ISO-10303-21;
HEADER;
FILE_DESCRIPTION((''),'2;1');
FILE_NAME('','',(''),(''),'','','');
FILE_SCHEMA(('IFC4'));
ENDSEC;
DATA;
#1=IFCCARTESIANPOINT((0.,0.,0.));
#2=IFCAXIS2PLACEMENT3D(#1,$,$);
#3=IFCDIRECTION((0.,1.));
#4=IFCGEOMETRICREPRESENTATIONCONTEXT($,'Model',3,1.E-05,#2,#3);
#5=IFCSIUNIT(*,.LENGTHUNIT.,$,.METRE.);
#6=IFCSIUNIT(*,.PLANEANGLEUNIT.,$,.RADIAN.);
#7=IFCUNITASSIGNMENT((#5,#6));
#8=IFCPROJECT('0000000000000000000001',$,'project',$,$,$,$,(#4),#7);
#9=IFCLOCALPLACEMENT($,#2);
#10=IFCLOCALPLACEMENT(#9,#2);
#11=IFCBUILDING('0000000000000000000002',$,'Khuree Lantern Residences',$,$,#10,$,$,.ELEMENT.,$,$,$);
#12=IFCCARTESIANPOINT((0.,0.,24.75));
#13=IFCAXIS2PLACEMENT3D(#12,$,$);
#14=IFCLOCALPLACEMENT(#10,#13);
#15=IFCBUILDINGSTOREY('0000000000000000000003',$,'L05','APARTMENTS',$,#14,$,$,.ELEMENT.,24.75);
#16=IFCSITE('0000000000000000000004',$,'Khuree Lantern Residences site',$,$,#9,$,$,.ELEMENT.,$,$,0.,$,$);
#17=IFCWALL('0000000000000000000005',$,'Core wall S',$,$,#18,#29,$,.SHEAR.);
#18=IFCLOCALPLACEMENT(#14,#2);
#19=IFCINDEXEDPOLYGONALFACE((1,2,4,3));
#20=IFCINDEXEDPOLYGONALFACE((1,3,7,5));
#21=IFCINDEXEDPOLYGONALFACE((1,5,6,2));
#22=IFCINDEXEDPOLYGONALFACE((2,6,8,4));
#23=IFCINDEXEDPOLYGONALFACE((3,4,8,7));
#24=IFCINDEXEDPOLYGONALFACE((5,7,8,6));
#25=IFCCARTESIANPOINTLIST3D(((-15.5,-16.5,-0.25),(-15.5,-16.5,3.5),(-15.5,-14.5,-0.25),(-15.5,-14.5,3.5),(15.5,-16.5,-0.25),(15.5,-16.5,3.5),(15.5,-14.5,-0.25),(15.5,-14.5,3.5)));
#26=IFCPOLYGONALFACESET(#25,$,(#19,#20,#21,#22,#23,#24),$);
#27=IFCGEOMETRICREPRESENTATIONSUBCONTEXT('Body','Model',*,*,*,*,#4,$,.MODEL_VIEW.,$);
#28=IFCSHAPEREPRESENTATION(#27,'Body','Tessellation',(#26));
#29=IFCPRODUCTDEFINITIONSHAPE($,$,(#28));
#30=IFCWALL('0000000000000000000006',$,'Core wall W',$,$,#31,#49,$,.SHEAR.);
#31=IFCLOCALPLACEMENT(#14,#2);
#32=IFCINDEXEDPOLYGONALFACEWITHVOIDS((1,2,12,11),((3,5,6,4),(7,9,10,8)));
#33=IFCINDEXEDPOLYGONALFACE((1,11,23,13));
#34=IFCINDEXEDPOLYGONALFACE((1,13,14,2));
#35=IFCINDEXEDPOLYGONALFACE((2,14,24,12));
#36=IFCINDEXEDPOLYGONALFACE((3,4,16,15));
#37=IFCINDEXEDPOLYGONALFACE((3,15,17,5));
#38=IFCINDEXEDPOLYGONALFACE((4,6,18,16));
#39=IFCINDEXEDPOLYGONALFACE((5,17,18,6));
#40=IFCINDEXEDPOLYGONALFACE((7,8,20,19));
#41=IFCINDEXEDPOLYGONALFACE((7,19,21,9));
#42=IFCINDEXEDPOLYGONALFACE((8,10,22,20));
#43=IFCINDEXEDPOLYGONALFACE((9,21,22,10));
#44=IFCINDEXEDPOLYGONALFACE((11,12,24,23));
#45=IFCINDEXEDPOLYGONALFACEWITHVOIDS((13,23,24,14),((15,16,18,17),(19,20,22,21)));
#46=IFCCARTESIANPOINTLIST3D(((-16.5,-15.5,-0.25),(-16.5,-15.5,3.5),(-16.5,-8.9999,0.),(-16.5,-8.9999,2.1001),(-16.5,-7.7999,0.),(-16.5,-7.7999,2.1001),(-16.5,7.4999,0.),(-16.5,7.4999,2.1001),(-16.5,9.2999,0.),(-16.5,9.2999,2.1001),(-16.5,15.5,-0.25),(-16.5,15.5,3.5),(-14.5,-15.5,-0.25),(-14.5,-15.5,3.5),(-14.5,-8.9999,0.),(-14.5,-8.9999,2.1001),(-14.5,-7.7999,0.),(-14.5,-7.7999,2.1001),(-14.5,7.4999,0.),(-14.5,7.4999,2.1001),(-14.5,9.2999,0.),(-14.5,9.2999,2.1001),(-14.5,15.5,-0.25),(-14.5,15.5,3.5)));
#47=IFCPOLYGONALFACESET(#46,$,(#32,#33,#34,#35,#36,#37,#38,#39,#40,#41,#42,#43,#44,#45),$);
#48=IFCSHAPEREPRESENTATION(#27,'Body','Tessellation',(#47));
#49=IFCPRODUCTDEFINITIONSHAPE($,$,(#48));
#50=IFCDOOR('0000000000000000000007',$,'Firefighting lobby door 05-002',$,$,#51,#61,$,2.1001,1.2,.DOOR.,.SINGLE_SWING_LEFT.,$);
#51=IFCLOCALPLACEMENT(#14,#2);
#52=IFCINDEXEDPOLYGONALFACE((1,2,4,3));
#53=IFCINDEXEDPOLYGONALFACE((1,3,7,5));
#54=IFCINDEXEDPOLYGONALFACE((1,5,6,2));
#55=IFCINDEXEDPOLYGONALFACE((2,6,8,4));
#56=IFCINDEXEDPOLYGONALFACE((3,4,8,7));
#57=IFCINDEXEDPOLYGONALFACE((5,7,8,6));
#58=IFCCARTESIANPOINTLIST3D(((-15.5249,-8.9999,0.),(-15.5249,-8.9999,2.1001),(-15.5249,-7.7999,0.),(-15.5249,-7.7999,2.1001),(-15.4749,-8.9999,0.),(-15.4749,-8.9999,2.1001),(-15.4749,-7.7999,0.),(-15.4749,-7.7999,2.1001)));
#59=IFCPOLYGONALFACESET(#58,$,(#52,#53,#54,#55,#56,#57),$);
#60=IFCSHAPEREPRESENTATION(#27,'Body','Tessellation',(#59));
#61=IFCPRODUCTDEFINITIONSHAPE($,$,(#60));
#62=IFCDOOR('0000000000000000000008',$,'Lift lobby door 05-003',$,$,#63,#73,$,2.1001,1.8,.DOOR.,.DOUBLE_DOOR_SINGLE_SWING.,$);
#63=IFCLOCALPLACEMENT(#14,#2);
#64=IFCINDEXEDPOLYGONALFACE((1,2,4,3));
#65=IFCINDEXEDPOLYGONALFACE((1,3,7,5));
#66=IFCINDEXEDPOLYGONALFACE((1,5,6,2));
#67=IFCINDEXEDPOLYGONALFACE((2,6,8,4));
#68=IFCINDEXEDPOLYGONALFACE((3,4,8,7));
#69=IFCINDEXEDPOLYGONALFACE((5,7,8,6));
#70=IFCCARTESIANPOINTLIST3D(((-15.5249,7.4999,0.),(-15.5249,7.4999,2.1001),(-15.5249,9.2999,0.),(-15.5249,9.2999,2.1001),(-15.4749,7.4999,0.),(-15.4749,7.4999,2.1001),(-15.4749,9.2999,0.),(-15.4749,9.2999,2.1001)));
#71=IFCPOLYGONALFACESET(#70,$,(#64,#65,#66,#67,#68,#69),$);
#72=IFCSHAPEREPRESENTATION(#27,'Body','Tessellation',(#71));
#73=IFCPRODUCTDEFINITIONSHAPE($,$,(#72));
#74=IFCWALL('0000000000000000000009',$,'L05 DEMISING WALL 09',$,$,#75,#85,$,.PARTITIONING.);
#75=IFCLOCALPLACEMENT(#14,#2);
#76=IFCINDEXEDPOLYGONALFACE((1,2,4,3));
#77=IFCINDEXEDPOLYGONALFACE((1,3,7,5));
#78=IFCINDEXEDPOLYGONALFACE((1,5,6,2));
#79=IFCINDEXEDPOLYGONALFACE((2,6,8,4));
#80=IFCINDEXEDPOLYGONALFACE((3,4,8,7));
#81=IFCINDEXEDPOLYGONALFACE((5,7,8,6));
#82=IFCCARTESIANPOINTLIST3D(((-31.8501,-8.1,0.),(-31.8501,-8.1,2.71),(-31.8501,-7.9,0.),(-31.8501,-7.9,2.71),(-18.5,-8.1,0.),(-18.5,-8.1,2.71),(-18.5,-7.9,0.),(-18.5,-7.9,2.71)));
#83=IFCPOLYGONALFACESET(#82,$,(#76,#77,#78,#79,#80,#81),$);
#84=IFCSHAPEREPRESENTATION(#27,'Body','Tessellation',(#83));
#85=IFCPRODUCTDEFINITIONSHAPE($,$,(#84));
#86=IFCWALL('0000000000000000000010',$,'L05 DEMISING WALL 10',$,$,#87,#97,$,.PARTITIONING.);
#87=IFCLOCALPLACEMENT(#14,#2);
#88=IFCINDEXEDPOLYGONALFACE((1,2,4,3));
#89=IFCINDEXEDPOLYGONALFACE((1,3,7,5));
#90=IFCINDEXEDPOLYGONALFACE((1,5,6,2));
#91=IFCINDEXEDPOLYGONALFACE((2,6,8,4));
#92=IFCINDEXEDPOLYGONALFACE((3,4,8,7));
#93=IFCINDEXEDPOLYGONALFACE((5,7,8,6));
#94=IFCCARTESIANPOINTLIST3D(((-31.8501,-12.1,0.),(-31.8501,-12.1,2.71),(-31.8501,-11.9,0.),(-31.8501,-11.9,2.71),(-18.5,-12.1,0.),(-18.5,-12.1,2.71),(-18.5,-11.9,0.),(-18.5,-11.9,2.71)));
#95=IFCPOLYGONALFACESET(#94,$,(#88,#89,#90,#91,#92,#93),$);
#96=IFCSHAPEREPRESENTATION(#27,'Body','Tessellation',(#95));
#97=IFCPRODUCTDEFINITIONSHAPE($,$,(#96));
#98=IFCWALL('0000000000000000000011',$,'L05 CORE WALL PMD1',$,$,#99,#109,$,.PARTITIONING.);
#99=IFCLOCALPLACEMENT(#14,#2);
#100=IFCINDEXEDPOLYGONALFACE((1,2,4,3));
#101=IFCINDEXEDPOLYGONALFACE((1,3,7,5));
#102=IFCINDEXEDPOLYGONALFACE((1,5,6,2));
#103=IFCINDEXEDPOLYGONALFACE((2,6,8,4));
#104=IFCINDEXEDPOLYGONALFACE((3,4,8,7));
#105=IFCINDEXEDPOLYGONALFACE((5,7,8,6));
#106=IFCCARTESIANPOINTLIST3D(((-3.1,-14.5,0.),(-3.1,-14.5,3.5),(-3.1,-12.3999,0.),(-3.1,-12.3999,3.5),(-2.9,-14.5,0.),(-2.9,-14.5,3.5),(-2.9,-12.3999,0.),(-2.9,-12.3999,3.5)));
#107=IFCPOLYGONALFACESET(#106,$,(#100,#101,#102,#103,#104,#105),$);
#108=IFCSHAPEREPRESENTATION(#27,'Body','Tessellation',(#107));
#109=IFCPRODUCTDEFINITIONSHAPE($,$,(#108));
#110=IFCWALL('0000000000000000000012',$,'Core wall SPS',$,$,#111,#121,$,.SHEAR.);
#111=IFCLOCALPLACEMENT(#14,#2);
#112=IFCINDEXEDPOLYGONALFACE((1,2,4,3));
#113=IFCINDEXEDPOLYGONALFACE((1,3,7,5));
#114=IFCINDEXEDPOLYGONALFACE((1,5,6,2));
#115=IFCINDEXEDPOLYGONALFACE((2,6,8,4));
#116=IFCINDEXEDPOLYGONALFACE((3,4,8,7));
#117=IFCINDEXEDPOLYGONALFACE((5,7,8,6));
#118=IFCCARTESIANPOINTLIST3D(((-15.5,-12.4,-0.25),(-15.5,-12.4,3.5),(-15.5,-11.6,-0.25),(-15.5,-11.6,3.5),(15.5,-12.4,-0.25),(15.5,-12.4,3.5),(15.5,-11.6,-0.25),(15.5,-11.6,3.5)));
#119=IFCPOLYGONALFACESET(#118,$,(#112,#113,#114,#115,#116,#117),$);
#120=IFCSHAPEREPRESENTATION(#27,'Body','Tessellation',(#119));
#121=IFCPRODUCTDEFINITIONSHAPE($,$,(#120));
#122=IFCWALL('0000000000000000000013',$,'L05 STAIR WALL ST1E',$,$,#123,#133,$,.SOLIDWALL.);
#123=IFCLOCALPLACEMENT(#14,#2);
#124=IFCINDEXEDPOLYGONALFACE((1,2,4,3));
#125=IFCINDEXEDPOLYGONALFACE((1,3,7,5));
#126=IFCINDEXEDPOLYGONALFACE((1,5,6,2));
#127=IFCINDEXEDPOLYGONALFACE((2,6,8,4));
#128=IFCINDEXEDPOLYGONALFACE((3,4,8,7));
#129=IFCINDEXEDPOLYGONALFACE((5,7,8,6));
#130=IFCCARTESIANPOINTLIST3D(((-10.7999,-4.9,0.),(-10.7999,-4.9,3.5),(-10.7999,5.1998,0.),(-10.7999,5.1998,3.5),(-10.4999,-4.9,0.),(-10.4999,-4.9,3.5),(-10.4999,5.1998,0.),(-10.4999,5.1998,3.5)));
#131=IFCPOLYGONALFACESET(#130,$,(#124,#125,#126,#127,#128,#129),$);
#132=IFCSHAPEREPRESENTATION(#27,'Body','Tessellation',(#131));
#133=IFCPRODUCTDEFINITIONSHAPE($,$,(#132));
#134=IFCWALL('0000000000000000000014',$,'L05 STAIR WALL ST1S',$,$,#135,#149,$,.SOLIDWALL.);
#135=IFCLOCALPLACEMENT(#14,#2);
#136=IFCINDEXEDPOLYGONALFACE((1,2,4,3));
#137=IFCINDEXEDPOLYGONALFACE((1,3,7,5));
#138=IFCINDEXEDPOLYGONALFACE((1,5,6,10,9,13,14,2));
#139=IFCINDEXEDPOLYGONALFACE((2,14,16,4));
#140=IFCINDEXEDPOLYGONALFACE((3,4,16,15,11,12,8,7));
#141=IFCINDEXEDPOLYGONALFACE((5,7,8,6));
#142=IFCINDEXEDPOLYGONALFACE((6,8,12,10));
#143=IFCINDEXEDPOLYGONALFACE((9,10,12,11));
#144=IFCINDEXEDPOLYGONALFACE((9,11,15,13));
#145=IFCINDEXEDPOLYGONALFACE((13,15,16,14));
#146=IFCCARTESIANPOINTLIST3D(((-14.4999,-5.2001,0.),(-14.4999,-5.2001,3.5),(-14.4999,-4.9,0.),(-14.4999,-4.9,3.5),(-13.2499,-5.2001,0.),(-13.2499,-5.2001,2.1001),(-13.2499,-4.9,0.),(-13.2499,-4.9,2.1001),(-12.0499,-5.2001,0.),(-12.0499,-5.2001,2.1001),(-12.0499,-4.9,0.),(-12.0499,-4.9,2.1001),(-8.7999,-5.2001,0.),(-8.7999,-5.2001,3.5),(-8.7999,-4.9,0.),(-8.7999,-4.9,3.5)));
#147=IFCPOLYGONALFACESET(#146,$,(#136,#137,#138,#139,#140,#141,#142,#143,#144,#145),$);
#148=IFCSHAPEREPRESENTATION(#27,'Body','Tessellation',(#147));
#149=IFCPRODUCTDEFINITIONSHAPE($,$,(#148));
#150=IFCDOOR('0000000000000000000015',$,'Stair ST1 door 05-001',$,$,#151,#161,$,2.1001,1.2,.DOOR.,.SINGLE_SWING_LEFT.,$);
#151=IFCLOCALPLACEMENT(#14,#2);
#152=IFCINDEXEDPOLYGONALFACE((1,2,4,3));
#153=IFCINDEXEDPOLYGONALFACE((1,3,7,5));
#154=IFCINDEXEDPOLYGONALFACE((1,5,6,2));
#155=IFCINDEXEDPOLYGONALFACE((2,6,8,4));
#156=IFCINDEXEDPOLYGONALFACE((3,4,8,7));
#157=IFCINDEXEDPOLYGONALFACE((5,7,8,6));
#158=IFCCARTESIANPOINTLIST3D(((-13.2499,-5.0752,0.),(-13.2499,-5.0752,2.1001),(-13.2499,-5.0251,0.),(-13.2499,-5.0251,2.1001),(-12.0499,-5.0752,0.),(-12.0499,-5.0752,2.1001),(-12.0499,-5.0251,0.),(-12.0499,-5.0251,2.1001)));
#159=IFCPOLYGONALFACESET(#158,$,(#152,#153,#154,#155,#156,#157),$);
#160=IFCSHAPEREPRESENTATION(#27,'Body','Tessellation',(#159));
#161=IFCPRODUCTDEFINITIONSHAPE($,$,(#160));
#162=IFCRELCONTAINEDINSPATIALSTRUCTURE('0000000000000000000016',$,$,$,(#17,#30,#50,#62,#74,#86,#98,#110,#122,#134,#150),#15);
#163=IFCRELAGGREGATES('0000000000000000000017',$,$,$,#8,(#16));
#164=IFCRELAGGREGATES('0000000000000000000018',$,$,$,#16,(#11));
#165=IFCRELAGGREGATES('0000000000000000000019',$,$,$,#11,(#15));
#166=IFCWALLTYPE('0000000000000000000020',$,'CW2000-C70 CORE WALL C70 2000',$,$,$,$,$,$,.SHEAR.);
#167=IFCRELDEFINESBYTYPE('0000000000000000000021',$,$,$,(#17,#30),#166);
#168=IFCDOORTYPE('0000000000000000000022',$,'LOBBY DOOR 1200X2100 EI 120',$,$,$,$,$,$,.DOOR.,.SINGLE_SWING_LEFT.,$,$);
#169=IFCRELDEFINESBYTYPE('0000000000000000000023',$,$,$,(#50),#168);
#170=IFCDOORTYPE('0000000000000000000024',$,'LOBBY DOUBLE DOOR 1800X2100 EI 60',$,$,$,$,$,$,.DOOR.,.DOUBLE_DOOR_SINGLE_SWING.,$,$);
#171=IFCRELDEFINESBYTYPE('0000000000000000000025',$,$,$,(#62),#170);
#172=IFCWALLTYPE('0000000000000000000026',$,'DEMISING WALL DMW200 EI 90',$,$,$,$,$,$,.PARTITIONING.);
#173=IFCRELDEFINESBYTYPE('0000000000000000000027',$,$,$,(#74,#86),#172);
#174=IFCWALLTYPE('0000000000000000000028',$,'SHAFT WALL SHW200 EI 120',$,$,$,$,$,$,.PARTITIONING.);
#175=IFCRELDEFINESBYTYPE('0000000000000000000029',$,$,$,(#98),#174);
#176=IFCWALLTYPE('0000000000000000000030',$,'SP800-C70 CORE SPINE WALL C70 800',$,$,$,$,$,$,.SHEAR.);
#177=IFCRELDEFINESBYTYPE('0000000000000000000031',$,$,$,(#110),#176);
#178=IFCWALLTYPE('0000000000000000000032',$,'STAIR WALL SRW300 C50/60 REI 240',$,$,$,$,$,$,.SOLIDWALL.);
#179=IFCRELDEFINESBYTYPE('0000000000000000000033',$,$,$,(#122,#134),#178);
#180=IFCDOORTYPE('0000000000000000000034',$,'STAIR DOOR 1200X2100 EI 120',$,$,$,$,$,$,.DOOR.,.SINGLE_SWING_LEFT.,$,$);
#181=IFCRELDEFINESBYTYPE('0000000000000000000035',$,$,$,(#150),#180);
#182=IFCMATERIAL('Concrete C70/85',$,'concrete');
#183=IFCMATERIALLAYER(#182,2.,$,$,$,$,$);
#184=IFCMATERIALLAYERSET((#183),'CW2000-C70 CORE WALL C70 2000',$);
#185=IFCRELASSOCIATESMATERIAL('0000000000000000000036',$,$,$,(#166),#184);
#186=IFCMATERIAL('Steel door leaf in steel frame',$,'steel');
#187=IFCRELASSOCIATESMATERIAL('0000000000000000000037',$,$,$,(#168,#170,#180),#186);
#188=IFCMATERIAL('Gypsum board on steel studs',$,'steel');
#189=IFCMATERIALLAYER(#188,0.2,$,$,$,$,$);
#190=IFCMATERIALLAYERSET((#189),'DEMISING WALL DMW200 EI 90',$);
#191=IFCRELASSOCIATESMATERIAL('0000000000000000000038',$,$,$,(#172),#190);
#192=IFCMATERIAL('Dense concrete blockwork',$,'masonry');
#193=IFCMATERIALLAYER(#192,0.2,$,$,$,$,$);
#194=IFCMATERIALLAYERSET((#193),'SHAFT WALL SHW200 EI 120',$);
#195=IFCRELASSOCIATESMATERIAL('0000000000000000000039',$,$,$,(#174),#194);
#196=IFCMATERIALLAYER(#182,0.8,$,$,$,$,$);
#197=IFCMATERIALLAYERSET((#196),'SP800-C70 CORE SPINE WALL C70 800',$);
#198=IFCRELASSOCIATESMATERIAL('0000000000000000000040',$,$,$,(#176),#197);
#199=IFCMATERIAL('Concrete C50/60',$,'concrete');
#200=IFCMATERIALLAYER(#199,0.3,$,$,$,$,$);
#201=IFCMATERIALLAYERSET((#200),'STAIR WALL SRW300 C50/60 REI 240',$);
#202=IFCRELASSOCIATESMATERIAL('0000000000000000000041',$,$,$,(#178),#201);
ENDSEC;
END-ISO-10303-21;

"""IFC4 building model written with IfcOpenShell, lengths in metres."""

from ifc_helpers import new_model, si_unit, direction, frame, frame_2d, origin, place, context, subcontext, project, spatial, rectangle, extrude, material, layer, layer_set, type_object, element, fill, save


model = new_model("IFC4")

# Units and contexts
model_context = context("Model", 3, precision=1e-05, world=origin(), true_north=direction((0.0, 1.0)))
body_context = subcontext(model_context, "Body", "Model", "MODEL_VIEW")
ifc_project = project(units=[si_unit("LENGTHUNIT", "METRE"), si_unit("PLANEANGLEUNIT", "RADIAN")], contexts=[model_context])

# Site, building, storey
site_placement = place(None, origin())
site = spatial("IfcSite", under=ifc_project, at=site_placement, Name="Khuree Lantern Residences site", CompositionType="ELEMENT", RefElevation=0.0)
building_placement = place(site_placement, origin())
building = spatial("IfcBuilding", under=site, at=building_placement, Name="Khuree Lantern Residences", CompositionType="ELEMENT")
storey_placement = place(building_placement, frame((0.0, 0.0, 24.75)))
storey = spatial("IfcBuildingStorey", under=building, at=storey_placement, Name="L05", Description="APARTMENTS", CompositionType="ELEMENT", Elevation=24.75)

# Shared definitions
ifc_material_1 = material(Name="Dense concrete blockwork", Category="masonry")

# Shared definitions
ifc_material_2 = material(Name="Steel door leaf in steel frame", Category="steel")

# Wall
ifc_material_3 = material(Name="Concrete C70/85", Category="concrete")
ifc_layer_1 = layer(ifc_material_3, 2.0)
ifc_layer_set_1 = layer_set([ifc_layer_1], Name="CW2000-C70 CORE WALL C70 2000")
wall_type_1 = type_object("IfcWallType", Name="CW2000-C70 CORE WALL C70 2000", PredefinedType="SHEAR", material=ifc_layer_set_1)
wall_1_placement = place(storey_placement, frame((-15.5, -15.5, -0.25), z_axis=(0.0, 0.0, 1.0), x_axis=(1.0, 0.0, 0.0)))
element("IfcWall", 1, at=wall_1_placement, inside=storey, type_object=wall_type_1, Name="Core wall S", PredefinedType="SHEAR", context=body_context, shape_type="SweptSolid", body=[
    extrude(rectangle(XDim=31.0, YDim=2.0, at=frame_2d((15.5, 0.0))), origin(), (0.0, 0.0, 1.0), 3.75),
])

# Wall, openings, doors
wall_2_placement = place(storey_placement, frame((-15.5, -15.5, -0.25), z_axis=(0.0, 0.0, 1.0), x_axis=(0.0, 1.0, 0.0)))
wall_2 = element("IfcWall", 2, at=wall_2_placement, inside=storey, type_object=wall_type_1, Name="Core wall W", PredefinedType="SHEAR", context=body_context, shape_type="SweptSolid", body=[
    extrude(rectangle(XDim=31.0, YDim=2.0, at=frame_2d((15.5, 0.0))), origin(), (0.0, 0.0, 1.0), 3.75),
])
opening_1_placement = place(wall_2_placement, frame((6.5, 0.0, 0.25)))
opening_1 = element("IfcOpeningElement", 3, at=opening_1_placement, cuts=wall_2, PredefinedType="OPENING", context=body_context, shape_type="SweptSolid", body=[
    extrude(rectangle(XDim=1.2, YDim=2.1001, at=frame_2d((0.6001, 1.05))), frame((0.0, 1.01, 0.0), z_axis=(0.0, -1.0, 0.0), x_axis=(1.0, 0.0, 0.0)), (0.0, 0.0, 1.0), 2.02),
])
opening_2_placement = place(wall_2_placement, frame((23.0, 0.0, 0.25)))
opening_2 = element("IfcOpeningElement", 4, at=opening_2_placement, cuts=wall_2, PredefinedType="OPENING", context=body_context, shape_type="SweptSolid", body=[
    extrude(rectangle(XDim=1.8, YDim=2.1001, at=frame_2d((0.8999, 1.05))), frame((0.0, 1.01, 0.0), z_axis=(0.0, -1.0, 0.0), x_axis=(1.0, 0.0, 0.0)), (0.0, 0.0, 1.0), 2.02),
])
door_type_1 = type_object("IfcDoorType", Name="LOBBY DOOR 1200X2100 EI 120", OperationType="SINGLE_SWING_LEFT", PredefinedType="DOOR", material=ifc_material_2)
door_1_placement = place(opening_1_placement, origin())
door_1 = element("IfcDoor", 5, at=door_1_placement, inside=storey, type_object=door_type_1, Name="Firefighting lobby door 05-002", OperationType="SINGLE_SWING_LEFT", OverallHeight=2.1001, OverallWidth=1.2, PredefinedType="DOOR", context=body_context, shape_type="SweptSolid", body=[
    extrude(rectangle(XDim=1.2, YDim=2.1001, at=frame_2d((0.6001, 1.05))), frame((0.0, 0.0249, 0.0), z_axis=(0.0, -1.0, 0.0), x_axis=(1.0, 0.0, 0.0)), (0.0, 0.0, 1.0), 0.05),
])
fill(opening_1, door_1)
door_type_2 = type_object("IfcDoorType", Name="LOBBY DOUBLE DOOR 1800X2100 EI 60", OperationType="DOUBLE_DOOR_SINGLE_SWING", PredefinedType="DOOR", material=ifc_material_2)
door_2_placement = place(opening_2_placement, origin())
door_2 = element("IfcDoor", 6, at=door_2_placement, inside=storey, type_object=door_type_2, Name="Lift lobby door 05-003", OperationType="DOUBLE_DOOR_SINGLE_SWING", OverallHeight=2.1001, OverallWidth=1.8, PredefinedType="DOOR", context=body_context, shape_type="SweptSolid", body=[
    extrude(rectangle(XDim=1.8, YDim=2.1001, at=frame_2d((0.8999, 1.05))), frame((0.0, 0.0249, 0.0), z_axis=(0.0, -1.0, 0.0), x_axis=(1.0, 0.0, 0.0)), (0.0, 0.0, 1.0), 0.05),
])
fill(opening_2, door_2)

# Walls
ifc_material_4 = material(Name="Gypsum board on steel studs", Category="steel")
ifc_layer_2 = layer(ifc_material_4, 0.2)
ifc_layer_set_2 = layer_set([ifc_layer_2], Name="DEMISING WALL DMW200 EI 90")
wall_type_2 = type_object("IfcWallType", Name="DEMISING WALL DMW200 EI 90", PredefinedType="PARTITIONING", material=ifc_layer_set_2)
for number, where, z_axis, x_axis, name in (
    (7, (-18.5, -8.0, 0.0), (0.0, 0.0, 1.0), (-1.0, 0.0, 0.0), "L05 DEMISING WALL 09"),
    (8, (-18.5, -12.0, 0.0), (0.0, 0.0, 1.0), (-1.0, 0.0, 0.0), "L05 DEMISING WALL 10"),
):
    element("IfcWall", number, at=place(storey_placement, frame(where, z_axis=z_axis, x_axis=x_axis)), inside=storey, type_object=wall_type_2, Name=name, PredefinedType="PARTITIONING", context=body_context, shape_type="SweptSolid", body=[
        extrude(rectangle(XDim=13.3501, YDim=0.2, at=frame_2d((6.675, 0.0))), origin(), (0.0, 0.0, 1.0), 2.71),
    ])
ifc_layer_3 = layer(ifc_material_1, 0.2)
ifc_layer_set_3 = layer_set([ifc_layer_3], Name="SHAFT WALL SHW200 EI 120")
wall_type_3 = type_object("IfcWallType", Name="SHAFT WALL SHW200 EI 120", PredefinedType="PARTITIONING", material=ifc_layer_set_3)
wall_3_placement = place(storey_placement, frame((-3.0, -14.5, 0.0), z_axis=(0.0, 0.0, 1.0), x_axis=(0.0, 1.0, 0.0)))
element("IfcWall", 9, at=wall_3_placement, inside=storey, type_object=wall_type_3, Name="L05 CORE WALL PMD1", PredefinedType="PARTITIONING", context=body_context, shape_type="SweptSolid", body=[
    extrude(rectangle(XDim=2.1001, YDim=0.2, at=frame_2d((1.05, 0.0))), origin(), (0.0, 0.0, 1.0), 3.5),
])
ifc_layer_4 = layer(ifc_material_3, 0.8)
ifc_layer_set_4 = layer_set([ifc_layer_4], Name="SP800-C70 CORE SPINE WALL C70 800")
wall_type_4 = type_object("IfcWallType", Name="SP800-C70 CORE SPINE WALL C70 800", PredefinedType="SHEAR", material=ifc_layer_set_4)
wall_4_placement = place(storey_placement, frame((-15.5, -12.0, -0.25), z_axis=(0.0, 0.0, 1.0), x_axis=(1.0, 0.0, 0.0)))
element("IfcWall", 10, at=wall_4_placement, inside=storey, type_object=wall_type_4, Name="Core wall SPS", PredefinedType="SHEAR", context=body_context, shape_type="SweptSolid", body=[
    extrude(rectangle(XDim=31.0, YDim=0.8, at=frame_2d((15.5, 0.0))), origin(), (0.0, 0.0, 1.0), 3.75),
])
ifc_material_5 = material(Name="Concrete C50/60", Category="concrete")
ifc_layer_5 = layer(ifc_material_5, 0.3)
ifc_layer_set_5 = layer_set([ifc_layer_5], Name="STAIR WALL SRW300 C50/60 REI 240")
wall_type_5 = type_object("IfcWallType", Name="STAIR WALL SRW300 C50/60 REI 240", PredefinedType="SOLIDWALL", material=ifc_layer_set_5)
wall_5_placement = place(storey_placement, frame((-10.6499, -4.8999, 0.0), z_axis=(0.0, 0.0, 1.0), x_axis=(0.0, 1.0, 0.0)))
element("IfcWall", 11, at=wall_5_placement, inside=storey, type_object=wall_type_5, Name="L05 STAIR WALL ST1E", PredefinedType="SOLIDWALL", context=body_context, shape_type="SweptSolid", body=[
    extrude(rectangle(XDim=10.0999, YDim=0.3, at=frame_2d((5.0498, 0.0))), origin(), (0.0, 0.0, 1.0), 3.5),
])

# Wall, opening, door
wall_6_placement = place(storey_placement, frame((-14.5, -5.05, 0.0), z_axis=(0.0, 0.0, 1.0), x_axis=(1.0, 0.0, 0.0)))
wall_6 = element("IfcWall", 12, at=wall_6_placement, inside=storey, type_object=wall_type_5, Name="L05 STAIR WALL ST1S", PredefinedType="SOLIDWALL", context=body_context, shape_type="SweptSolid", body=[
    extrude(rectangle(XDim=5.7, YDim=0.3, at=frame_2d((2.8501, 0.0))), origin(), (0.0, 0.0, 1.0), 3.5),
])
opening_3_placement = place(wall_6_placement, frame((1.25, 0.0, 0.0)))
opening_3 = element("IfcOpeningElement", 13, at=opening_3_placement, cuts=wall_6, PredefinedType="OPENING", context=body_context, shape_type="SweptSolid", body=[
    extrude(rectangle(XDim=1.2, YDim=2.1001, at=frame_2d((0.6001, 1.05))), frame((0.0, 0.1602, 0.0), z_axis=(0.0, -1.0, 0.0), x_axis=(1.0, 0.0, 0.0)), (0.0, 0.0, 1.0), 0.3201),
])
door_type_3 = type_object("IfcDoorType", Name="STAIR DOOR 1200X2100 EI 120", OperationType="SINGLE_SWING_LEFT", PredefinedType="DOOR", material=ifc_material_2)
door_3_placement = place(opening_3_placement, origin())
door_3 = element("IfcDoor", 14, at=door_3_placement, inside=storey, type_object=door_type_3, Name="Stair ST1 door 05-001", OperationType="SINGLE_SWING_LEFT", OverallHeight=2.1001, OverallWidth=1.2, PredefinedType="DOOR", context=body_context, shape_type="SweptSolid", body=[
    extrude(rectangle(XDim=1.2, YDim=2.1001, at=frame_2d((0.6001, 1.05))), frame((0.0, 0.0249, 0.0), z_axis=(0.0, -1.0, 0.0), x_axis=(1.0, 0.0, 0.0)), (0.0, 0.0, 1.0), 0.05),
])
fill(opening_3, door_3)

save(model, "model.ifc")
